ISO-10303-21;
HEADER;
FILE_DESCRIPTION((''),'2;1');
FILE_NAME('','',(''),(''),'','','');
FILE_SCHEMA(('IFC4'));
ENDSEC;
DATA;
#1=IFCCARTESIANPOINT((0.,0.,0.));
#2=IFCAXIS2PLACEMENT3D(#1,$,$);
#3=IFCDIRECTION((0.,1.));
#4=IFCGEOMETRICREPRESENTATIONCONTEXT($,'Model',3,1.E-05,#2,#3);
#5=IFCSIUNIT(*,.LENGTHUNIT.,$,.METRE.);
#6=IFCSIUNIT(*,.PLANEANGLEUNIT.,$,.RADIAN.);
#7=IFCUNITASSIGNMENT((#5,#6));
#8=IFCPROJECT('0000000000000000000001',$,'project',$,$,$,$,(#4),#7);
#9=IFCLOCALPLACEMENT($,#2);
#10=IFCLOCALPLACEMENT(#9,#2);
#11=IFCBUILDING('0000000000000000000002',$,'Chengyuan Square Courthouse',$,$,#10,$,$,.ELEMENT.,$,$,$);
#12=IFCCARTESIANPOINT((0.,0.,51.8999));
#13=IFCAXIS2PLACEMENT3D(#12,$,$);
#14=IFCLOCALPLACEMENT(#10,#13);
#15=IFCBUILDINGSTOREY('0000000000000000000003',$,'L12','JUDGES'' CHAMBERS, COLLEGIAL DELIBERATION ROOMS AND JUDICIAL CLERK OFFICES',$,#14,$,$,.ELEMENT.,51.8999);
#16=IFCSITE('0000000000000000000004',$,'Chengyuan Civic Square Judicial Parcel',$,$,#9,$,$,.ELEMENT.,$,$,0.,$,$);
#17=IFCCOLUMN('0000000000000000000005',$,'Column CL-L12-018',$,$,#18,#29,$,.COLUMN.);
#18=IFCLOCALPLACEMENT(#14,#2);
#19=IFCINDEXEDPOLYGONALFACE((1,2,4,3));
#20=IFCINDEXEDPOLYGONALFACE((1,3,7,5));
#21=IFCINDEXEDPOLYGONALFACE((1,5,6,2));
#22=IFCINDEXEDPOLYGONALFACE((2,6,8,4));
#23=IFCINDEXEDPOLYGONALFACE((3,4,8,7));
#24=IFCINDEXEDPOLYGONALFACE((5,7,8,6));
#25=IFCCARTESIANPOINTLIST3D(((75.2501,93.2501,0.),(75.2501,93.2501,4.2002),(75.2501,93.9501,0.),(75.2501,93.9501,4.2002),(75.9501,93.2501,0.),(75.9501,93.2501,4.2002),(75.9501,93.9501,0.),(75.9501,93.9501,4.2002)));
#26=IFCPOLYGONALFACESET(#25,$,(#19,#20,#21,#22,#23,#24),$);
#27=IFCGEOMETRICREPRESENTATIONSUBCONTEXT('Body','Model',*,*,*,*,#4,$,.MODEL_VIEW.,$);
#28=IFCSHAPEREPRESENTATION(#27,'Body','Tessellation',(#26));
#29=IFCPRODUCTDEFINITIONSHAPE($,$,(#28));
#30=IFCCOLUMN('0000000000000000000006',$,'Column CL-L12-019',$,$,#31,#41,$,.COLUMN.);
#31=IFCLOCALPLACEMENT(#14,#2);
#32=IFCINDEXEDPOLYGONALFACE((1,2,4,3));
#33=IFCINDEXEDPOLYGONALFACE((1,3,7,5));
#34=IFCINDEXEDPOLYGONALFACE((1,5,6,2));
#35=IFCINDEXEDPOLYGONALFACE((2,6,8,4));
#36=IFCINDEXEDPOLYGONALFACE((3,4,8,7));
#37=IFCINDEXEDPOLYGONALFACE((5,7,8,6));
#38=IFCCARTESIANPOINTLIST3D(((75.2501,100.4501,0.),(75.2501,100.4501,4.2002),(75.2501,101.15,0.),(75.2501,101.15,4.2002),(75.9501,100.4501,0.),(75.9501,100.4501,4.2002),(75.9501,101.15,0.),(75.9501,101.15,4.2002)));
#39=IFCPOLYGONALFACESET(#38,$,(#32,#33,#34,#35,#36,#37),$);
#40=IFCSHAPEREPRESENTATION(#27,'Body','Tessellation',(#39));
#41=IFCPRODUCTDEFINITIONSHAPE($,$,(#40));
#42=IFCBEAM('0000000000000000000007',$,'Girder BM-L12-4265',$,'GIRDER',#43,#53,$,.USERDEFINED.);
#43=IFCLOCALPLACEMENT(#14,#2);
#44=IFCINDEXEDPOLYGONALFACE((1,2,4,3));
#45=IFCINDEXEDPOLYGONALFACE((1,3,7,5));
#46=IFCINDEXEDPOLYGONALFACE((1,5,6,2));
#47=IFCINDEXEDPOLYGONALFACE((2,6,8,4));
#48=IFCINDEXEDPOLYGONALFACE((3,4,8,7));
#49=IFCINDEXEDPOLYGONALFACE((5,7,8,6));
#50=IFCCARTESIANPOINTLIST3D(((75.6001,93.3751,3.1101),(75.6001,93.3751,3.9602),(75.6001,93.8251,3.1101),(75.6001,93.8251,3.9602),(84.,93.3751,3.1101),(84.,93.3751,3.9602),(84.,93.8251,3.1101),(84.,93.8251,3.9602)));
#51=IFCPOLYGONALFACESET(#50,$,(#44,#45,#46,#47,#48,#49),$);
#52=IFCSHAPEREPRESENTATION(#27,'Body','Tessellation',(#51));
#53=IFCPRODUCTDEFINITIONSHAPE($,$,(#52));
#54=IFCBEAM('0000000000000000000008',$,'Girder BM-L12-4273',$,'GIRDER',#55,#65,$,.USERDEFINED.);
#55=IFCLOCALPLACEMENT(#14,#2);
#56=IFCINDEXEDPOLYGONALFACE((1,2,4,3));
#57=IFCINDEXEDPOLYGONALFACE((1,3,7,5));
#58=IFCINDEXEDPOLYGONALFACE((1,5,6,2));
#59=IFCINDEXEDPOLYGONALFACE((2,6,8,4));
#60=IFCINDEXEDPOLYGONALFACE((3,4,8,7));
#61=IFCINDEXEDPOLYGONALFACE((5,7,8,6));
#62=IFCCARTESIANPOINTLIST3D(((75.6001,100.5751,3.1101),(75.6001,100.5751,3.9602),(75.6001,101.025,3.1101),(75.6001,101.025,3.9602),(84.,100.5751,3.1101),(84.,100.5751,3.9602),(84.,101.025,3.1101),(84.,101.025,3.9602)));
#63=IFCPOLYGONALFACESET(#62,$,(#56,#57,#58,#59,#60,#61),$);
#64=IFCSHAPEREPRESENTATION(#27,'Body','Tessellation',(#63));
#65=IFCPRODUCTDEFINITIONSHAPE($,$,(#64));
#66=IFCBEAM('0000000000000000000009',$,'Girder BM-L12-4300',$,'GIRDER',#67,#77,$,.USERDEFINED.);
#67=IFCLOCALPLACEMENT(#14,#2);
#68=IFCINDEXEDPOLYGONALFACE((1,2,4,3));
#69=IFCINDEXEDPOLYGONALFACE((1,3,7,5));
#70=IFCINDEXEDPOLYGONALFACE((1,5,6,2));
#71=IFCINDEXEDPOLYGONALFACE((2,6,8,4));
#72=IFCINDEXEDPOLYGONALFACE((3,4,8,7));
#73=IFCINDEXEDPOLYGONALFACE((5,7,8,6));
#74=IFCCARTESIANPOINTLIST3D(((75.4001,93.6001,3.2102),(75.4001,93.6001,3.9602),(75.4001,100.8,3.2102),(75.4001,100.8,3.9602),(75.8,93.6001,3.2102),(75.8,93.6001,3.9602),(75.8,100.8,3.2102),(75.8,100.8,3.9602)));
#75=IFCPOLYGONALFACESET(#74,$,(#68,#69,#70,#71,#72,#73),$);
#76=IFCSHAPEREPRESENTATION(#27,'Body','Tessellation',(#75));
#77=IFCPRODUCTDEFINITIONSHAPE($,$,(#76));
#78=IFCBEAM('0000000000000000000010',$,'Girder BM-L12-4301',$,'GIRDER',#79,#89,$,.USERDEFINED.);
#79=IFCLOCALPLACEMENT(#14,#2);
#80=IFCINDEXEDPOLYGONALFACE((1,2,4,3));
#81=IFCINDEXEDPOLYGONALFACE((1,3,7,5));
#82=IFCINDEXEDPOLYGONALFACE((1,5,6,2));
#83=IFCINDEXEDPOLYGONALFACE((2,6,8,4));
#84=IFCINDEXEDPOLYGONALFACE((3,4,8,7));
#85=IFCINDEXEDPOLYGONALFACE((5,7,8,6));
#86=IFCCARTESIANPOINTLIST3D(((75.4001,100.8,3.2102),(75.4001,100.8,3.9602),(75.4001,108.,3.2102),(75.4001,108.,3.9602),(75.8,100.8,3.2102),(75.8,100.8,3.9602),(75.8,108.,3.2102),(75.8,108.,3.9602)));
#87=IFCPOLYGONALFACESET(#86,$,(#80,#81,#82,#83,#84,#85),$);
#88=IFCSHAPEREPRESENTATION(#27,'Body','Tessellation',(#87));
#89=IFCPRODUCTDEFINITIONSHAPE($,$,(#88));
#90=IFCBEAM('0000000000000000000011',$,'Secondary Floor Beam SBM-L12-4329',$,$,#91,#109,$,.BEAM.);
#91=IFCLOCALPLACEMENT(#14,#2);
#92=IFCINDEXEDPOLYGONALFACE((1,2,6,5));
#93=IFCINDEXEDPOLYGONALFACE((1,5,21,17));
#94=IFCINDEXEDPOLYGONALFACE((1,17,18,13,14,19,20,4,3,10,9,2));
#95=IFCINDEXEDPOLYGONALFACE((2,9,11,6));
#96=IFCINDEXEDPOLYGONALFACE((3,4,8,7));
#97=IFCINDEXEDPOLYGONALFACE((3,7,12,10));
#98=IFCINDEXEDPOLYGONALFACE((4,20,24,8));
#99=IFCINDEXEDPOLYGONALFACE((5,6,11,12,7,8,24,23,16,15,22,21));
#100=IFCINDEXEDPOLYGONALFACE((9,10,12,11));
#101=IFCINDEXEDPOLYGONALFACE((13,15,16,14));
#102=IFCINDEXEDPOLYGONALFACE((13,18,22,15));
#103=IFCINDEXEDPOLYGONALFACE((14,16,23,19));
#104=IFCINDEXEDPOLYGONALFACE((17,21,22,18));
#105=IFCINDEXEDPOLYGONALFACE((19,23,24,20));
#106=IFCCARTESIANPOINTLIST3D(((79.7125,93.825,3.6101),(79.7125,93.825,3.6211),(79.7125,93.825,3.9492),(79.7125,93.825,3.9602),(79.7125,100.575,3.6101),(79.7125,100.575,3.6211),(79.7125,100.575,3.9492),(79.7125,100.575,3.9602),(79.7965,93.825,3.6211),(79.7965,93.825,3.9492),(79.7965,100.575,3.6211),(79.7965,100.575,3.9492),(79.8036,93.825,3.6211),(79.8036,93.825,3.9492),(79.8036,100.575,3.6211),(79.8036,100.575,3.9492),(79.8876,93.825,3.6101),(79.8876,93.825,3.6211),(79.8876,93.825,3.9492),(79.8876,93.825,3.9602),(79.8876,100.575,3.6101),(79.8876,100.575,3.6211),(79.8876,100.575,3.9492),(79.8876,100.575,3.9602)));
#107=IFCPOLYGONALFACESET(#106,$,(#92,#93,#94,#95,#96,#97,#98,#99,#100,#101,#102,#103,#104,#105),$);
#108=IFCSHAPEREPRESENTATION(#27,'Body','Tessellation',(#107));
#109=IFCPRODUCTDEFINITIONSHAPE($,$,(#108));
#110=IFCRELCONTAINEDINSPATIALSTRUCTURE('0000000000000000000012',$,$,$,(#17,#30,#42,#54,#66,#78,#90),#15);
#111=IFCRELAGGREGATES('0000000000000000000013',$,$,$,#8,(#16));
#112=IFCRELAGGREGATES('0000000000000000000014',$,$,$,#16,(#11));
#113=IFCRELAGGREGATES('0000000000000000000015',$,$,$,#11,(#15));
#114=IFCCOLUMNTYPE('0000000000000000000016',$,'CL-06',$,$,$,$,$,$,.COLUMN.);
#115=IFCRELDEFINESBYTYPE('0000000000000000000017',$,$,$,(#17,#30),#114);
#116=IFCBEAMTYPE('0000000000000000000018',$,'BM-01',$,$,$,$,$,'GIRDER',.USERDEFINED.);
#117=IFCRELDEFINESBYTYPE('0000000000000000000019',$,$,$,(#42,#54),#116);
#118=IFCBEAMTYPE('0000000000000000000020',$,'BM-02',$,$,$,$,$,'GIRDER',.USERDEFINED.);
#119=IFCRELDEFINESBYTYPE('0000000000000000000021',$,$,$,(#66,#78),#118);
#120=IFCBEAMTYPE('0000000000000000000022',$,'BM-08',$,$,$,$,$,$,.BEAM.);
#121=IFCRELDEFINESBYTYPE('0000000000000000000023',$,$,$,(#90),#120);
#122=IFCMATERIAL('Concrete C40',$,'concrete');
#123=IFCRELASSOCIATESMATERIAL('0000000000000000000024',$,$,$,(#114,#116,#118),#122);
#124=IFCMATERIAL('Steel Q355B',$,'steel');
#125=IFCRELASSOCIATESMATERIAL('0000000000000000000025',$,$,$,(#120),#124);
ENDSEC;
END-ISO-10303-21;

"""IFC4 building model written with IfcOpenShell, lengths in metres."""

from ifc_helpers import new_model, si_unit, direction, frame, origin, origin_2d, place, context, subcontext, project, spatial, rectangle, i_section, extrude, material, material_profile, profile_set, type_object, element, save


model = new_model("IFC4")

# Units and contexts
model_context = context("Model", 3, precision=1e-05, world=origin(), true_north=direction((0.0, 1.0)))
body_context = subcontext(model_context, "Body", "Model", "MODEL_VIEW")
ifc_project = project(units=[si_unit("LENGTHUNIT", "METRE"), si_unit("PLANEANGLEUNIT", "RADIAN")], contexts=[model_context])

# Site, building, storey
site_placement = place(None, origin())
site = spatial("IfcSite", under=ifc_project, at=site_placement, Name="Chengyuan Civic Square Judicial Parcel", CompositionType="ELEMENT", RefElevation=0.0)
building_placement = place(site_placement, origin())
building = spatial("IfcBuilding", under=site, at=building_placement, Name="Chengyuan Square Courthouse", CompositionType="ELEMENT")
storey_placement = place(building_placement, frame((0.0, 0.0, 51.8999)))
storey = spatial("IfcBuildingStorey", under=building, at=storey_placement, Name="L12", Description="JUDGES' CHAMBERS, COLLEGIAL DELIBERATION ROOMS AND JUDICIAL CLERK OFFICES", CompositionType="ELEMENT", Elevation=51.8999)

# Columns
ifc_material_1 = material(Name="Concrete C40", Category="concrete")
ifc_material_profile_1 = material_profile(ifc_material_1, rectangle(XDim=0.7, YDim=0.7, at=origin_2d()), Name="RC-COL-700x700")
ifc_profile_set_1 = profile_set([ifc_material_profile_1], Name="Concrete C40")
column_type = type_object("IfcColumnType", Name="CL-06", PredefinedType="COLUMN", material=ifc_profile_set_1)
for number, where, z_axis, x_axis, name in (
    (1, (75.6001, 93.6001, 0.0), (0.0, 0.0, 1.0), (1.0, 0.0, 0.0), "Column CL-L12-018"),
    (2, (75.6001, 100.8, 0.0), (0.0, 0.0, 1.0), (1.0, 0.0, 0.0), "Column CL-L12-019"),
):
    element("IfcColumn", number, at=place(storey_placement, frame(where, z_axis=z_axis, x_axis=x_axis)), inside=storey, type_object=column_type, Name=name, PredefinedType="COLUMN", context=body_context, shape_type="SweptSolid", body=[
        extrude(rectangle(XDim=0.7, YDim=0.7, at=origin_2d()), origin(), (0.0, 0.0, 1.0), 4.2002),
    ])

# Beams
ifc_material_profile_2 = material_profile(ifc_material_1, rectangle(XDim=0.45, YDim=0.8501, at=origin_2d()), Name="RC-BM-450x850")
ifc_profile_set_2 = profile_set([ifc_material_profile_2], Name="Concrete C40")
beam_type_1 = type_object("IfcBeamType", Name="BM-01", ElementType="GIRDER", PredefinedType="USERDEFINED", material=ifc_profile_set_2)
for number, where, z_axis, x_axis, name in (
    (3, (75.6001, 93.6001, 3.5352), (1.0, 0.0, 0.0), (0.0, 1.0, 0.0), "Girder BM-L12-4265"),
    (4, (75.6001, 100.8, 3.5352), (1.0, 0.0, 0.0), (0.0, 1.0, 0.0), "Girder BM-L12-4273"),
):
    element("IfcBeam", number, at=place(storey_placement, frame(where, z_axis=z_axis, x_axis=x_axis)), inside=storey, type_object=beam_type_1, Name=name, ObjectType="GIRDER", PredefinedType="USERDEFINED", context=body_context, shape_type="SweptSolid", body=[
        extrude(rectangle(XDim=0.45, YDim=0.8501, at=origin_2d()), origin(), (0.0, 0.0, 1.0), 8.3999),
    ])
ifc_material_profile_3 = material_profile(ifc_material_1, rectangle(XDim=0.3999, YDim=0.75, at=origin_2d()), Name="RC-BM-400x750")
ifc_profile_set_3 = profile_set([ifc_material_profile_3], Name="Concrete C40")
beam_type_2 = type_object("IfcBeamType", Name="BM-02", ElementType="GIRDER", PredefinedType="USERDEFINED", material=ifc_profile_set_3)
for number, where, z_axis, x_axis, name in (
    (5, (75.6001, 93.6001, 3.5852), (0.0, 1.0, 0.0), (-1.0, 0.0, 0.0), "Girder BM-L12-4300"),
    (6, (75.6001, 100.8, 3.5852), (0.0, 1.0, 0.0), (-1.0, 0.0, 0.0), "Girder BM-L12-4301"),
):
    element("IfcBeam", number, at=place(storey_placement, frame(where, z_axis=z_axis, x_axis=x_axis)), inside=storey, type_object=beam_type_2, Name=name, ObjectType="GIRDER", PredefinedType="USERDEFINED", context=body_context, shape_type="SweptSolid", body=[
        extrude(rectangle(XDim=0.3999, YDim=0.75, at=origin_2d()), origin(), (0.0, 0.0, 1.0), 7.2),
    ])
ifc_material_2 = material(Name="Steel Q355B", Category="steel")
ifc_material_profile_4 = material_profile(ifc_material_2, i_section(OverallWidth=0.175, OverallDepth=0.3501, WebThickness=0.0071, FlangeThickness=0.011, at=origin_2d()), Name="HN 350x175x7x11")
ifc_profile_set_4 = profile_set([ifc_material_profile_4], Name="Steel Q355B")
beam_type_3 = type_object("IfcBeamType", Name="BM-08", PredefinedType="BEAM", material=ifc_profile_set_4)
beam_placement = place(storey_placement, frame((79.8, 93.825, 3.7852), z_axis=(0.0, 1.0, 0.0), x_axis=(-1.0, 0.0, 0.0)))
element("IfcBeam", 7, at=beam_placement, inside=storey, type_object=beam_type_3, Name="Secondary Floor Beam SBM-L12-4329", PredefinedType="BEAM", context=body_context, shape_type="SweptSolid", body=[
    extrude(i_section(OverallWidth=0.175, OverallDepth=0.3501, WebThickness=0.0071, FlangeThickness=0.011, at=origin_2d()), origin(), (0.0, 0.0, 1.0), 6.75),
])

save(model, "model.ifc")
